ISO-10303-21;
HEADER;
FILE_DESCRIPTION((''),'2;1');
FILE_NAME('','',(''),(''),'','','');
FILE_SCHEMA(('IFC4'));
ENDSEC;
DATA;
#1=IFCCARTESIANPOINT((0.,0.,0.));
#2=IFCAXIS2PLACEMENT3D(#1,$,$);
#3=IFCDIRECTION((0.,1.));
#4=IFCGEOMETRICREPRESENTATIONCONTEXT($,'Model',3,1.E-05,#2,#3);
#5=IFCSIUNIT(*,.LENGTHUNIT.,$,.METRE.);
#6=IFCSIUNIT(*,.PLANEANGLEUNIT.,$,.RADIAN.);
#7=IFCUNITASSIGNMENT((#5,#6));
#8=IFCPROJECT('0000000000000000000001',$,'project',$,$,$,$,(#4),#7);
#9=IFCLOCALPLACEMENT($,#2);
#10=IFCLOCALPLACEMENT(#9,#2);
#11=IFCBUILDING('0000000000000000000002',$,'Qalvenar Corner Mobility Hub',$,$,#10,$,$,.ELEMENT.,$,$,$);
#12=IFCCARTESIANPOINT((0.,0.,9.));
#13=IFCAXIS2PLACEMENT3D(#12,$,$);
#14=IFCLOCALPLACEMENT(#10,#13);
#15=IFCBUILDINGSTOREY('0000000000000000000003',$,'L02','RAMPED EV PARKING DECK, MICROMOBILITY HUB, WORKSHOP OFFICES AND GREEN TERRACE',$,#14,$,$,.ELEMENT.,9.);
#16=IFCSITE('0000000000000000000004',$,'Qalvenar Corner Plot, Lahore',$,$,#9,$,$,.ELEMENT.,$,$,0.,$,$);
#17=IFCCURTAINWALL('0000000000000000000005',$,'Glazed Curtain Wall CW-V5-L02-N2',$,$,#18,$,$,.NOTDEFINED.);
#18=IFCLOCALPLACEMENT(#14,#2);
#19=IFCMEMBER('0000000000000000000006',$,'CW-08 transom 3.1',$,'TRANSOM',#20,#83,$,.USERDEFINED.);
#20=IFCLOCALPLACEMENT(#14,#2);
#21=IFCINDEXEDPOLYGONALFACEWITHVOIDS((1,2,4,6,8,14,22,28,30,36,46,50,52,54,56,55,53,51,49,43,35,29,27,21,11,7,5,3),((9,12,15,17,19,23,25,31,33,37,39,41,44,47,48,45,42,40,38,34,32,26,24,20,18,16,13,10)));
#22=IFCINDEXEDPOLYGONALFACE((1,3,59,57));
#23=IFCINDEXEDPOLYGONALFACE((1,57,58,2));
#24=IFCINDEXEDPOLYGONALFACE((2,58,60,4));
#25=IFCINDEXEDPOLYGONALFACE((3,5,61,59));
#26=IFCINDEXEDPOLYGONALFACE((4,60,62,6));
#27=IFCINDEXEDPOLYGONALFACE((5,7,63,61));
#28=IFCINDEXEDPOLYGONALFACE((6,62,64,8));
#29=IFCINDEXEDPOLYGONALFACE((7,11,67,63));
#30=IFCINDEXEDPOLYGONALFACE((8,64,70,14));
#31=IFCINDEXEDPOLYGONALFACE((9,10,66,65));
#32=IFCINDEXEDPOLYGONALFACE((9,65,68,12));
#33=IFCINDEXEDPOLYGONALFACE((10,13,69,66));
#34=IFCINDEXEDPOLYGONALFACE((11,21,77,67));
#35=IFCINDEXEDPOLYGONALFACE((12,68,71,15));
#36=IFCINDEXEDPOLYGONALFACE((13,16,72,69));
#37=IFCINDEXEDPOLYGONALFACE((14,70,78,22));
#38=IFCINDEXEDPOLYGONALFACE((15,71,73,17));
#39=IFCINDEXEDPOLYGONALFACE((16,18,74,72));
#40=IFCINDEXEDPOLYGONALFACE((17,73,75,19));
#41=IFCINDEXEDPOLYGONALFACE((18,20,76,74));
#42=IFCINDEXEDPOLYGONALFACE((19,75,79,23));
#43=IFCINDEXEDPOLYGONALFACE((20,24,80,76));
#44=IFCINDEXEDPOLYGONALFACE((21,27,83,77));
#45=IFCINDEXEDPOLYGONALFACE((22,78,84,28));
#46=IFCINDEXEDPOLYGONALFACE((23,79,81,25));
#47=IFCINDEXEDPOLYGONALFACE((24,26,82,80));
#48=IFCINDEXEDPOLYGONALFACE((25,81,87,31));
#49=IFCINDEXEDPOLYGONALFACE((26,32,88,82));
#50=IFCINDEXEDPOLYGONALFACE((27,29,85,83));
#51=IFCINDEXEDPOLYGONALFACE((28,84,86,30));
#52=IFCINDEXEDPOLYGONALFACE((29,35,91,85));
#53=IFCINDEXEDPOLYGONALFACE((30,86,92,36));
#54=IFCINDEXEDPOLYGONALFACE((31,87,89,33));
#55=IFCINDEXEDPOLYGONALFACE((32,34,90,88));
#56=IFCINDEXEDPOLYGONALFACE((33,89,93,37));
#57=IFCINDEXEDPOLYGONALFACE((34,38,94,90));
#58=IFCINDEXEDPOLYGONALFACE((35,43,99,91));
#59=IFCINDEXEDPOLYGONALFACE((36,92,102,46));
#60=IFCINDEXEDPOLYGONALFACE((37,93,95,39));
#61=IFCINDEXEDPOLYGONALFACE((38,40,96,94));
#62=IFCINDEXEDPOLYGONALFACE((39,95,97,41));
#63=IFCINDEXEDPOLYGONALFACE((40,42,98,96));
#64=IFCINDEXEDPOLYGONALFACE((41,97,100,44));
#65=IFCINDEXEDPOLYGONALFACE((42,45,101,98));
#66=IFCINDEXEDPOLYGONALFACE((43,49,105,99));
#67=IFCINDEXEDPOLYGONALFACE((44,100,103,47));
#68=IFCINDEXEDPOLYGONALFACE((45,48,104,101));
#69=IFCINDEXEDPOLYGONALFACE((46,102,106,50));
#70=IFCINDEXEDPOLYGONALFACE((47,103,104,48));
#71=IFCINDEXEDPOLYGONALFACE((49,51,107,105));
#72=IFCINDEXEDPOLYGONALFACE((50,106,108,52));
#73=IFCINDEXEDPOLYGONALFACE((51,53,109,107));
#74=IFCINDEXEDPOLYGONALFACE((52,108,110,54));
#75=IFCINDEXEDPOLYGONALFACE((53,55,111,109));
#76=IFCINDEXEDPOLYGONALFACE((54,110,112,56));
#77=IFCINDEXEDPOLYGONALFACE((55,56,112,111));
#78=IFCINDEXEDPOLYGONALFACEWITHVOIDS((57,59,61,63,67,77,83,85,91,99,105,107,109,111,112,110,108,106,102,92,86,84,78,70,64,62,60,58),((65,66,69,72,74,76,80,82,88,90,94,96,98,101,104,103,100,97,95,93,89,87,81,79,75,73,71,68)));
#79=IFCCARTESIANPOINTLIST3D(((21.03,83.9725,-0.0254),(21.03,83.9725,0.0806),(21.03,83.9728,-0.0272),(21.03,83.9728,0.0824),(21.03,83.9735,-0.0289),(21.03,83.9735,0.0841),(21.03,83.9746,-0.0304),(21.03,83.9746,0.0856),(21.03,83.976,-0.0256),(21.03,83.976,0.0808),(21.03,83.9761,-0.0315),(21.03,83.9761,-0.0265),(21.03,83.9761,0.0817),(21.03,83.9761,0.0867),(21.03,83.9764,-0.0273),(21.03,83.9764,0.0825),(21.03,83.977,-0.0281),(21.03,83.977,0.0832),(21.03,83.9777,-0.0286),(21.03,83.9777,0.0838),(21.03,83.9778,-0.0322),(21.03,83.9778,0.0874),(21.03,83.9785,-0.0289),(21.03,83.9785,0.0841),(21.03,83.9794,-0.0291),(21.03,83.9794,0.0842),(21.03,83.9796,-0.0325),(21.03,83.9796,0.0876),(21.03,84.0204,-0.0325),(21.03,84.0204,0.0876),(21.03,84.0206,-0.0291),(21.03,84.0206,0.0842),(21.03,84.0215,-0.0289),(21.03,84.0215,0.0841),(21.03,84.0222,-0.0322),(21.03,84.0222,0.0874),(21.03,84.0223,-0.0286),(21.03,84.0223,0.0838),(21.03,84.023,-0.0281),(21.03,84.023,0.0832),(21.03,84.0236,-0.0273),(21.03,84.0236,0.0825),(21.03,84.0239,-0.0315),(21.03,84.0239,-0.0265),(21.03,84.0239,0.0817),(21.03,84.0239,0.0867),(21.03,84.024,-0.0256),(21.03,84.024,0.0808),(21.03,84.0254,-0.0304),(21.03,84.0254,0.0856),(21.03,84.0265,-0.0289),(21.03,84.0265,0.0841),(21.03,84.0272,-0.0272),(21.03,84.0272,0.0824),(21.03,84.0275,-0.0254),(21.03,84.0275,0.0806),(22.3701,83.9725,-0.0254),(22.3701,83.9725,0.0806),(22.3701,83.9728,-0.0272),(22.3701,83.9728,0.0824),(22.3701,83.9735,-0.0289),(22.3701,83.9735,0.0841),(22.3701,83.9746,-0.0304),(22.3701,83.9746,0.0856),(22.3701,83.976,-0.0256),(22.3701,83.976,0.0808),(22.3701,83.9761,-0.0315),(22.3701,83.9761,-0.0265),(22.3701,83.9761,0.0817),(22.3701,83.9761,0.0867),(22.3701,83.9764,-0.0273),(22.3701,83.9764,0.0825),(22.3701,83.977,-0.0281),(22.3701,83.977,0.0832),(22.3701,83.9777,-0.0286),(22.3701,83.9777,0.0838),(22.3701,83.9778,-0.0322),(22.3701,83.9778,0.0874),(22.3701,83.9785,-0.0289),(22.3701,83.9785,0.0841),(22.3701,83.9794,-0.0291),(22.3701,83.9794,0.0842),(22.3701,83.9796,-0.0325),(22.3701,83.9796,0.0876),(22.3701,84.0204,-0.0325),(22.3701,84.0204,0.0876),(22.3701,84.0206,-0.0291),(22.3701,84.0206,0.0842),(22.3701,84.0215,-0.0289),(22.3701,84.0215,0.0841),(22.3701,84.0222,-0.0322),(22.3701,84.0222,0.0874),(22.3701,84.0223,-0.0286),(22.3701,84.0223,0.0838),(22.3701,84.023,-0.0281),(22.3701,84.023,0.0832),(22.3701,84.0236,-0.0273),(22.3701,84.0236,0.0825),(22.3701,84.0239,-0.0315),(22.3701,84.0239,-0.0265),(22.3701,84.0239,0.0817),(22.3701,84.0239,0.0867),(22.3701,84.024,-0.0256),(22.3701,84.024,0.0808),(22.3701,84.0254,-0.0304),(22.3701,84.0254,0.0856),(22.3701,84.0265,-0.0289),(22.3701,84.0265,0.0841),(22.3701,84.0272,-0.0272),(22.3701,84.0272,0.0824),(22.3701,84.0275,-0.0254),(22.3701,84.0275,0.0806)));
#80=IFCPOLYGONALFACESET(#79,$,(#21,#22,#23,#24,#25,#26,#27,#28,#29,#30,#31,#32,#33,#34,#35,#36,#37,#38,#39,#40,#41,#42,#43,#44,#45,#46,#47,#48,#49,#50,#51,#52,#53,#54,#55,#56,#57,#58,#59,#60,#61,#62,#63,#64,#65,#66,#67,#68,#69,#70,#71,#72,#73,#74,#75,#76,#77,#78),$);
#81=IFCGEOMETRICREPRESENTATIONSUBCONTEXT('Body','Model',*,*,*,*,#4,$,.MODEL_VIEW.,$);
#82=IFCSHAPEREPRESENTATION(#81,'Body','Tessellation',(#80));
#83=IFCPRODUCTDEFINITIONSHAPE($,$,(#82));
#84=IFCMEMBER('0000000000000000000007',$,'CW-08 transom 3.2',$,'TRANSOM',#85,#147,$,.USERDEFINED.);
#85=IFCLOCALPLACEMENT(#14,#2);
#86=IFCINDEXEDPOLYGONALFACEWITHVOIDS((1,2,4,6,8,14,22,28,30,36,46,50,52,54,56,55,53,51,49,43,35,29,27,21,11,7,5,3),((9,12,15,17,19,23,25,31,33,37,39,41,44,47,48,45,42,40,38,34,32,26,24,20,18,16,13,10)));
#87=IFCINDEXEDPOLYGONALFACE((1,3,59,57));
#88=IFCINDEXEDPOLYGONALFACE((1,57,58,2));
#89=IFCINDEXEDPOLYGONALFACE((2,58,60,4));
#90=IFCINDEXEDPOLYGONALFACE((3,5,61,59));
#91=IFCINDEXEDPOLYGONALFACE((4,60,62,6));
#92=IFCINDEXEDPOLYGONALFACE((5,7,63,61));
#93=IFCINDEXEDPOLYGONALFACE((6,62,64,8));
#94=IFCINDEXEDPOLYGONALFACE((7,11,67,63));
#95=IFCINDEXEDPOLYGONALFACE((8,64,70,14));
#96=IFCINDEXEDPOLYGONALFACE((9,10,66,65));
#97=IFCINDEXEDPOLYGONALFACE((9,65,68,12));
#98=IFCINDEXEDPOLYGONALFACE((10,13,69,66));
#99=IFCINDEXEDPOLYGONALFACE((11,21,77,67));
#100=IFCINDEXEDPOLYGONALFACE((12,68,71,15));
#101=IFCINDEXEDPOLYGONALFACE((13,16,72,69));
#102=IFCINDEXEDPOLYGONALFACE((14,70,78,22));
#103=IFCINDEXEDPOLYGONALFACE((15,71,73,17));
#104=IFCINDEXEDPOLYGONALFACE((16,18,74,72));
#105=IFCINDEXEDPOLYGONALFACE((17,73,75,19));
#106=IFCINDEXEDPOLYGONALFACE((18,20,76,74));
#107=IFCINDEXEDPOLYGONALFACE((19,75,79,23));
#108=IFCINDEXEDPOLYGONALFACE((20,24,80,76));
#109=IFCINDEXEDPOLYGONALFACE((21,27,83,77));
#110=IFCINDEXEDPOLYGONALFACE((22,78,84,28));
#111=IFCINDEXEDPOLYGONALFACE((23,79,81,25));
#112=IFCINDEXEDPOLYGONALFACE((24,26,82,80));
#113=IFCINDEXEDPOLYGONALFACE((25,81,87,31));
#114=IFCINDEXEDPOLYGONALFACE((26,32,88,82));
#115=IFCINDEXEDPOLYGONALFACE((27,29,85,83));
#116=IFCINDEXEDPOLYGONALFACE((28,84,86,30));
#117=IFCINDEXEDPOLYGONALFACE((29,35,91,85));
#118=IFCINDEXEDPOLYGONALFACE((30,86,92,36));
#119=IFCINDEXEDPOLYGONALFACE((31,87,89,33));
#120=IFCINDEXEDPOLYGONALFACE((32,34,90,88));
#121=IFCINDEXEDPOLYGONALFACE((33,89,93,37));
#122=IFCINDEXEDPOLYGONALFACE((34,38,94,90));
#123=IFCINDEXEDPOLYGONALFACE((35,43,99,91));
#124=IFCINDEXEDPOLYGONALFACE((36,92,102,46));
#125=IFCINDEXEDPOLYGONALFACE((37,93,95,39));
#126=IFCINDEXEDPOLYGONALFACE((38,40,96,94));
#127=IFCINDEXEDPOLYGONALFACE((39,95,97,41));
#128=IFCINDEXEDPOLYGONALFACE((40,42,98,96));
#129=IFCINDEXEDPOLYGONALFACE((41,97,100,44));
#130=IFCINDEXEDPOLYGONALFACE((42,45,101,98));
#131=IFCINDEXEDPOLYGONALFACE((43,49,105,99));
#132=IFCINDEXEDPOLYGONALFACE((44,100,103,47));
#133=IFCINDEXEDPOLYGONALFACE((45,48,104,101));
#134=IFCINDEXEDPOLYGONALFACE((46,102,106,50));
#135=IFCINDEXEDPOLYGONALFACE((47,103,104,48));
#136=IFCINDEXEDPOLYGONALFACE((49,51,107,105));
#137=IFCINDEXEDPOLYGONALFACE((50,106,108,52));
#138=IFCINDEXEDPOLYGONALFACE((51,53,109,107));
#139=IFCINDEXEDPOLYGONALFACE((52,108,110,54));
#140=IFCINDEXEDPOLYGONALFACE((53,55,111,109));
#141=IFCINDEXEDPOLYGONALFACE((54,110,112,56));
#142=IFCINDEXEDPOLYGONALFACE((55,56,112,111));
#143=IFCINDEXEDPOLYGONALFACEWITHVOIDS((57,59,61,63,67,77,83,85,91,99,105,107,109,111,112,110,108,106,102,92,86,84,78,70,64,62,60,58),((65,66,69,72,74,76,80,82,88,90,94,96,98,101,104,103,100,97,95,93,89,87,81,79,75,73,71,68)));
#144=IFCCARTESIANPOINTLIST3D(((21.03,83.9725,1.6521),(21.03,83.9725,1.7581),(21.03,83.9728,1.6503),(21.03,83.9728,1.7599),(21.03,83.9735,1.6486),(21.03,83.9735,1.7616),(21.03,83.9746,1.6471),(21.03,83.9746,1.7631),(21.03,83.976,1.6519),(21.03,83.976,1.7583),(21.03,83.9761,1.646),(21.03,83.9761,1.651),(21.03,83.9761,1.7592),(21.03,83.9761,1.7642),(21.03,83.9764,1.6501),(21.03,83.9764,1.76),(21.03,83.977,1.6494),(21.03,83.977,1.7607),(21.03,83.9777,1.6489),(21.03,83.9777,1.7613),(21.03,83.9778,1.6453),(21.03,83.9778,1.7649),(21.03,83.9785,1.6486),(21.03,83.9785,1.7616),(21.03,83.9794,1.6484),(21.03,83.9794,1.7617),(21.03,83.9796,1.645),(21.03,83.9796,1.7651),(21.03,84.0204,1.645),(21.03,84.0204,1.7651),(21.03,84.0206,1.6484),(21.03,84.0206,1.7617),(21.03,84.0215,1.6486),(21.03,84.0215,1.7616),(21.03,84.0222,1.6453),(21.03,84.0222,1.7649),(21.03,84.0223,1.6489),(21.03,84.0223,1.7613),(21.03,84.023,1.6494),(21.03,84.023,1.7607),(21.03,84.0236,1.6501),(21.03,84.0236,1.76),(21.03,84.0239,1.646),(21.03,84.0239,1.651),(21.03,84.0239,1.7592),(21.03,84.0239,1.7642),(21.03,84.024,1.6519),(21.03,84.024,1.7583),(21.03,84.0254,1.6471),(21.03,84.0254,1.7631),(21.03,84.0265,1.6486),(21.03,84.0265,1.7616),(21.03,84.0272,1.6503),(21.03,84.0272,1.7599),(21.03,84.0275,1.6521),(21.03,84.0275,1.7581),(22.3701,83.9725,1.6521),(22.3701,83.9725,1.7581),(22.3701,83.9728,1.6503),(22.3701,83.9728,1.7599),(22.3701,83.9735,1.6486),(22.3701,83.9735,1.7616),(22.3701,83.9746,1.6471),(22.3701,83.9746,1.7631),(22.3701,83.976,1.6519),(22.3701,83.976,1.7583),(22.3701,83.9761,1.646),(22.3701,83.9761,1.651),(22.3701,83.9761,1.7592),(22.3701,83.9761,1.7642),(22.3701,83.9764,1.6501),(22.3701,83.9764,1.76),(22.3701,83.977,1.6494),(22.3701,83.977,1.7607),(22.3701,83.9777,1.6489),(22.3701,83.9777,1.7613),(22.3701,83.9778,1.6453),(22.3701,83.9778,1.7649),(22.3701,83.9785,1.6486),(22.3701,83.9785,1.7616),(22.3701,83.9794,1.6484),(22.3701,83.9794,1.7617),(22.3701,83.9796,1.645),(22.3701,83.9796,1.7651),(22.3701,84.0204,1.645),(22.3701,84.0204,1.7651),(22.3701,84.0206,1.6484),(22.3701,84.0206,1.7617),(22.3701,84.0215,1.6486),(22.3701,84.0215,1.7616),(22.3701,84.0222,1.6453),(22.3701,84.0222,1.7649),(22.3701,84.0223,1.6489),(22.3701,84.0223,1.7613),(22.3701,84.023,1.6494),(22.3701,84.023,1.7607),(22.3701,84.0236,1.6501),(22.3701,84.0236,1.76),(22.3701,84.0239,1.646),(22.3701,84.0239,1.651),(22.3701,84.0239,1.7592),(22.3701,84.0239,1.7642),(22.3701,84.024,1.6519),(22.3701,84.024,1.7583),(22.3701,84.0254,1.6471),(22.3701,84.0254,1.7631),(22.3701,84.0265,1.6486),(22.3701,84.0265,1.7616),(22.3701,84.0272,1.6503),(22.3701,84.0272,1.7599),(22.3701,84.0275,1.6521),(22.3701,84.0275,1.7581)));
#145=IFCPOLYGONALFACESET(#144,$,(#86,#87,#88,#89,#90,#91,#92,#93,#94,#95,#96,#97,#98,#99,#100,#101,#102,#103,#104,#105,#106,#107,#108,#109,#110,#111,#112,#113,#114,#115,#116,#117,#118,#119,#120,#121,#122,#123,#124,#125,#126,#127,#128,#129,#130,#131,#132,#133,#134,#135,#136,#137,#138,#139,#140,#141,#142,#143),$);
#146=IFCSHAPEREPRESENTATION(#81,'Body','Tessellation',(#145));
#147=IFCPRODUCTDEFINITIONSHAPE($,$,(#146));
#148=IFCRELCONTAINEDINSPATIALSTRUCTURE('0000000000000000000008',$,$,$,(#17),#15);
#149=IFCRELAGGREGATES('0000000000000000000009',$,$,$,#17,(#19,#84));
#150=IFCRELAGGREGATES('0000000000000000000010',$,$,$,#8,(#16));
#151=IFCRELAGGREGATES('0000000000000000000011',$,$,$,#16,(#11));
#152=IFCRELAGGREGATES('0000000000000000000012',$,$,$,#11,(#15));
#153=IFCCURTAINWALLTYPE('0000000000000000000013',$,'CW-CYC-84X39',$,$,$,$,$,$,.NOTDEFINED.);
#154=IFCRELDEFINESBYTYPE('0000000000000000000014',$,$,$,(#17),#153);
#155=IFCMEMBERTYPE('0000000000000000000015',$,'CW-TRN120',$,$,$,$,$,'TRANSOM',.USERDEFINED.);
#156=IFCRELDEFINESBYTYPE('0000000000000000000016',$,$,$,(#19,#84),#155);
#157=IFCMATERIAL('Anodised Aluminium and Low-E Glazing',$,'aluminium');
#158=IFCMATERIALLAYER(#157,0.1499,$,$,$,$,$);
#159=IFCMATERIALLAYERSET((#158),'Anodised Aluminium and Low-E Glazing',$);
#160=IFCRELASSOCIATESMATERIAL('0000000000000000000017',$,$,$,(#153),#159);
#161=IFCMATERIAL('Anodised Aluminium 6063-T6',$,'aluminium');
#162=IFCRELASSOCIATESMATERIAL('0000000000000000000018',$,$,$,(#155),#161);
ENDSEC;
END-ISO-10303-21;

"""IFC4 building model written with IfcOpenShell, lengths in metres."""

from ifc_helpers import new_model, si_unit, direction, frame, origin, origin_2d, place, context, subcontext, project, spatial, hollow_rectangle, extrude, material, layer, layer_set, material_profile, profile_set, type_object, element, aggregate, save


model = new_model("IFC4")

# Units and contexts
model_context = context("Model", 3, precision=1e-05, world=origin(), true_north=direction((0.0, 1.0)))
body_context = subcontext(model_context, "Body", "Model", "MODEL_VIEW")
ifc_project = project(units=[si_unit("LENGTHUNIT", "METRE"), si_unit("PLANEANGLEUNIT", "RADIAN")], contexts=[model_context])

# Site, building, storey
site_placement = place(None, origin())
site = spatial("IfcSite", under=ifc_project, at=site_placement, Name="Qalvenar Corner Plot, Lahore", CompositionType="ELEMENT", RefElevation=0.0)
building_placement = place(site_placement, origin())
building = spatial("IfcBuilding", under=site, at=building_placement, Name="Qalvenar Corner Mobility Hub", CompositionType="ELEMENT")
storey_placement = place(building_placement, frame((0.0, 0.0, 9.0)))
storey = spatial("IfcBuildingStorey", under=building, at=storey_placement, Name="L02", Description="RAMPED EV PARKING DECK, MICROMOBILITY HUB, WORKSHOP OFFICES AND GREEN TERRACE", CompositionType="ELEMENT", Elevation=9.0)

# Shared definitions
ifc_material_1 = material(Name="Anodised Aluminium and Low-E Glazing", Category="aluminium")
ifc_layer_1 = layer(ifc_material_1, 0.1499)
ifc_layer_set_1 = layer_set([ifc_layer_1], Name="Anodised Aluminium and Low-E Glazing")
curtain_wall_type = type_object("IfcCurtainWallType", Name="CW-CYC-84X39", PredefinedType="NOTDEFINED", material=ifc_layer_set_1)
ifc_material_2 = material(Name="Anodised Aluminium 6063-T6", Category="aluminium")

# Curtain wall
curtain_wall_1_placement = place(storey_placement, origin())
curtain_wall_1 = element("IfcCurtainWall", 1, at=curtain_wall_1_placement, inside=storey, type_object=curtain_wall_type, Name="Glazed Curtain Wall CW-V5-L02-N2", PredefinedType="NOTDEFINED")

# Members
ifc_material_profile_1 = material_profile(ifc_material_2, hollow_rectangle(XDim=0.0549, YDim=0.1201, WallThickness=0.0034, InnerFilletRadius=0.0034, OuterFilletRadius=0.0071, at=origin_2d()), Name="RHS120x55x3.5")
ifc_profile_set_1 = profile_set([ifc_material_profile_1], Name="Anodised Aluminium 6063-T6")
member_type_1 = type_object("IfcMemberType", Name="CW-TRN120", ElementType="TRANSOM", PredefinedType="USERDEFINED", material=ifc_profile_set_1)
member_1_placement = place(storey_placement, frame((22.3701, 84.0, 0.0276), z_axis=(-1.0, 0.0, 0.0), x_axis=(0.0, -1.0, 0.0)))
member_1 = element("IfcMember", 2, at=member_1_placement, type_object=member_type_1, Name="CW-08 transom 3.1", ObjectType="TRANSOM", PredefinedType="USERDEFINED", context=body_context, shape_type="SweptSolid", body=[
    extrude(hollow_rectangle(XDim=0.0549, YDim=0.1201, WallThickness=0.0034, InnerFilletRadius=0.0034, OuterFilletRadius=0.0071, at=origin_2d()), origin(), (0.0, 0.0, 1.0), 1.3401),
])
member_2_placement = place(storey_placement, frame((22.3701, 84.0, 1.7051), z_axis=(-1.0, 0.0, 0.0), x_axis=(0.0, -1.0, 0.0)))
member_2 = element("IfcMember", 3, at=member_2_placement, type_object=member_type_1, Name="CW-08 transom 3.2", ObjectType="TRANSOM", PredefinedType="USERDEFINED", context=body_context, shape_type="SweptSolid", body=[
    extrude(hollow_rectangle(XDim=0.0549, YDim=0.1201, WallThickness=0.0034, InnerFilletRadius=0.0034, OuterFilletRadius=0.0071, at=origin_2d()), origin(), (0.0, 0.0, 1.0), 1.3401),
])

aggregate(curtain_wall_1, [member_1, member_2])

save(model, "model.ifc")
